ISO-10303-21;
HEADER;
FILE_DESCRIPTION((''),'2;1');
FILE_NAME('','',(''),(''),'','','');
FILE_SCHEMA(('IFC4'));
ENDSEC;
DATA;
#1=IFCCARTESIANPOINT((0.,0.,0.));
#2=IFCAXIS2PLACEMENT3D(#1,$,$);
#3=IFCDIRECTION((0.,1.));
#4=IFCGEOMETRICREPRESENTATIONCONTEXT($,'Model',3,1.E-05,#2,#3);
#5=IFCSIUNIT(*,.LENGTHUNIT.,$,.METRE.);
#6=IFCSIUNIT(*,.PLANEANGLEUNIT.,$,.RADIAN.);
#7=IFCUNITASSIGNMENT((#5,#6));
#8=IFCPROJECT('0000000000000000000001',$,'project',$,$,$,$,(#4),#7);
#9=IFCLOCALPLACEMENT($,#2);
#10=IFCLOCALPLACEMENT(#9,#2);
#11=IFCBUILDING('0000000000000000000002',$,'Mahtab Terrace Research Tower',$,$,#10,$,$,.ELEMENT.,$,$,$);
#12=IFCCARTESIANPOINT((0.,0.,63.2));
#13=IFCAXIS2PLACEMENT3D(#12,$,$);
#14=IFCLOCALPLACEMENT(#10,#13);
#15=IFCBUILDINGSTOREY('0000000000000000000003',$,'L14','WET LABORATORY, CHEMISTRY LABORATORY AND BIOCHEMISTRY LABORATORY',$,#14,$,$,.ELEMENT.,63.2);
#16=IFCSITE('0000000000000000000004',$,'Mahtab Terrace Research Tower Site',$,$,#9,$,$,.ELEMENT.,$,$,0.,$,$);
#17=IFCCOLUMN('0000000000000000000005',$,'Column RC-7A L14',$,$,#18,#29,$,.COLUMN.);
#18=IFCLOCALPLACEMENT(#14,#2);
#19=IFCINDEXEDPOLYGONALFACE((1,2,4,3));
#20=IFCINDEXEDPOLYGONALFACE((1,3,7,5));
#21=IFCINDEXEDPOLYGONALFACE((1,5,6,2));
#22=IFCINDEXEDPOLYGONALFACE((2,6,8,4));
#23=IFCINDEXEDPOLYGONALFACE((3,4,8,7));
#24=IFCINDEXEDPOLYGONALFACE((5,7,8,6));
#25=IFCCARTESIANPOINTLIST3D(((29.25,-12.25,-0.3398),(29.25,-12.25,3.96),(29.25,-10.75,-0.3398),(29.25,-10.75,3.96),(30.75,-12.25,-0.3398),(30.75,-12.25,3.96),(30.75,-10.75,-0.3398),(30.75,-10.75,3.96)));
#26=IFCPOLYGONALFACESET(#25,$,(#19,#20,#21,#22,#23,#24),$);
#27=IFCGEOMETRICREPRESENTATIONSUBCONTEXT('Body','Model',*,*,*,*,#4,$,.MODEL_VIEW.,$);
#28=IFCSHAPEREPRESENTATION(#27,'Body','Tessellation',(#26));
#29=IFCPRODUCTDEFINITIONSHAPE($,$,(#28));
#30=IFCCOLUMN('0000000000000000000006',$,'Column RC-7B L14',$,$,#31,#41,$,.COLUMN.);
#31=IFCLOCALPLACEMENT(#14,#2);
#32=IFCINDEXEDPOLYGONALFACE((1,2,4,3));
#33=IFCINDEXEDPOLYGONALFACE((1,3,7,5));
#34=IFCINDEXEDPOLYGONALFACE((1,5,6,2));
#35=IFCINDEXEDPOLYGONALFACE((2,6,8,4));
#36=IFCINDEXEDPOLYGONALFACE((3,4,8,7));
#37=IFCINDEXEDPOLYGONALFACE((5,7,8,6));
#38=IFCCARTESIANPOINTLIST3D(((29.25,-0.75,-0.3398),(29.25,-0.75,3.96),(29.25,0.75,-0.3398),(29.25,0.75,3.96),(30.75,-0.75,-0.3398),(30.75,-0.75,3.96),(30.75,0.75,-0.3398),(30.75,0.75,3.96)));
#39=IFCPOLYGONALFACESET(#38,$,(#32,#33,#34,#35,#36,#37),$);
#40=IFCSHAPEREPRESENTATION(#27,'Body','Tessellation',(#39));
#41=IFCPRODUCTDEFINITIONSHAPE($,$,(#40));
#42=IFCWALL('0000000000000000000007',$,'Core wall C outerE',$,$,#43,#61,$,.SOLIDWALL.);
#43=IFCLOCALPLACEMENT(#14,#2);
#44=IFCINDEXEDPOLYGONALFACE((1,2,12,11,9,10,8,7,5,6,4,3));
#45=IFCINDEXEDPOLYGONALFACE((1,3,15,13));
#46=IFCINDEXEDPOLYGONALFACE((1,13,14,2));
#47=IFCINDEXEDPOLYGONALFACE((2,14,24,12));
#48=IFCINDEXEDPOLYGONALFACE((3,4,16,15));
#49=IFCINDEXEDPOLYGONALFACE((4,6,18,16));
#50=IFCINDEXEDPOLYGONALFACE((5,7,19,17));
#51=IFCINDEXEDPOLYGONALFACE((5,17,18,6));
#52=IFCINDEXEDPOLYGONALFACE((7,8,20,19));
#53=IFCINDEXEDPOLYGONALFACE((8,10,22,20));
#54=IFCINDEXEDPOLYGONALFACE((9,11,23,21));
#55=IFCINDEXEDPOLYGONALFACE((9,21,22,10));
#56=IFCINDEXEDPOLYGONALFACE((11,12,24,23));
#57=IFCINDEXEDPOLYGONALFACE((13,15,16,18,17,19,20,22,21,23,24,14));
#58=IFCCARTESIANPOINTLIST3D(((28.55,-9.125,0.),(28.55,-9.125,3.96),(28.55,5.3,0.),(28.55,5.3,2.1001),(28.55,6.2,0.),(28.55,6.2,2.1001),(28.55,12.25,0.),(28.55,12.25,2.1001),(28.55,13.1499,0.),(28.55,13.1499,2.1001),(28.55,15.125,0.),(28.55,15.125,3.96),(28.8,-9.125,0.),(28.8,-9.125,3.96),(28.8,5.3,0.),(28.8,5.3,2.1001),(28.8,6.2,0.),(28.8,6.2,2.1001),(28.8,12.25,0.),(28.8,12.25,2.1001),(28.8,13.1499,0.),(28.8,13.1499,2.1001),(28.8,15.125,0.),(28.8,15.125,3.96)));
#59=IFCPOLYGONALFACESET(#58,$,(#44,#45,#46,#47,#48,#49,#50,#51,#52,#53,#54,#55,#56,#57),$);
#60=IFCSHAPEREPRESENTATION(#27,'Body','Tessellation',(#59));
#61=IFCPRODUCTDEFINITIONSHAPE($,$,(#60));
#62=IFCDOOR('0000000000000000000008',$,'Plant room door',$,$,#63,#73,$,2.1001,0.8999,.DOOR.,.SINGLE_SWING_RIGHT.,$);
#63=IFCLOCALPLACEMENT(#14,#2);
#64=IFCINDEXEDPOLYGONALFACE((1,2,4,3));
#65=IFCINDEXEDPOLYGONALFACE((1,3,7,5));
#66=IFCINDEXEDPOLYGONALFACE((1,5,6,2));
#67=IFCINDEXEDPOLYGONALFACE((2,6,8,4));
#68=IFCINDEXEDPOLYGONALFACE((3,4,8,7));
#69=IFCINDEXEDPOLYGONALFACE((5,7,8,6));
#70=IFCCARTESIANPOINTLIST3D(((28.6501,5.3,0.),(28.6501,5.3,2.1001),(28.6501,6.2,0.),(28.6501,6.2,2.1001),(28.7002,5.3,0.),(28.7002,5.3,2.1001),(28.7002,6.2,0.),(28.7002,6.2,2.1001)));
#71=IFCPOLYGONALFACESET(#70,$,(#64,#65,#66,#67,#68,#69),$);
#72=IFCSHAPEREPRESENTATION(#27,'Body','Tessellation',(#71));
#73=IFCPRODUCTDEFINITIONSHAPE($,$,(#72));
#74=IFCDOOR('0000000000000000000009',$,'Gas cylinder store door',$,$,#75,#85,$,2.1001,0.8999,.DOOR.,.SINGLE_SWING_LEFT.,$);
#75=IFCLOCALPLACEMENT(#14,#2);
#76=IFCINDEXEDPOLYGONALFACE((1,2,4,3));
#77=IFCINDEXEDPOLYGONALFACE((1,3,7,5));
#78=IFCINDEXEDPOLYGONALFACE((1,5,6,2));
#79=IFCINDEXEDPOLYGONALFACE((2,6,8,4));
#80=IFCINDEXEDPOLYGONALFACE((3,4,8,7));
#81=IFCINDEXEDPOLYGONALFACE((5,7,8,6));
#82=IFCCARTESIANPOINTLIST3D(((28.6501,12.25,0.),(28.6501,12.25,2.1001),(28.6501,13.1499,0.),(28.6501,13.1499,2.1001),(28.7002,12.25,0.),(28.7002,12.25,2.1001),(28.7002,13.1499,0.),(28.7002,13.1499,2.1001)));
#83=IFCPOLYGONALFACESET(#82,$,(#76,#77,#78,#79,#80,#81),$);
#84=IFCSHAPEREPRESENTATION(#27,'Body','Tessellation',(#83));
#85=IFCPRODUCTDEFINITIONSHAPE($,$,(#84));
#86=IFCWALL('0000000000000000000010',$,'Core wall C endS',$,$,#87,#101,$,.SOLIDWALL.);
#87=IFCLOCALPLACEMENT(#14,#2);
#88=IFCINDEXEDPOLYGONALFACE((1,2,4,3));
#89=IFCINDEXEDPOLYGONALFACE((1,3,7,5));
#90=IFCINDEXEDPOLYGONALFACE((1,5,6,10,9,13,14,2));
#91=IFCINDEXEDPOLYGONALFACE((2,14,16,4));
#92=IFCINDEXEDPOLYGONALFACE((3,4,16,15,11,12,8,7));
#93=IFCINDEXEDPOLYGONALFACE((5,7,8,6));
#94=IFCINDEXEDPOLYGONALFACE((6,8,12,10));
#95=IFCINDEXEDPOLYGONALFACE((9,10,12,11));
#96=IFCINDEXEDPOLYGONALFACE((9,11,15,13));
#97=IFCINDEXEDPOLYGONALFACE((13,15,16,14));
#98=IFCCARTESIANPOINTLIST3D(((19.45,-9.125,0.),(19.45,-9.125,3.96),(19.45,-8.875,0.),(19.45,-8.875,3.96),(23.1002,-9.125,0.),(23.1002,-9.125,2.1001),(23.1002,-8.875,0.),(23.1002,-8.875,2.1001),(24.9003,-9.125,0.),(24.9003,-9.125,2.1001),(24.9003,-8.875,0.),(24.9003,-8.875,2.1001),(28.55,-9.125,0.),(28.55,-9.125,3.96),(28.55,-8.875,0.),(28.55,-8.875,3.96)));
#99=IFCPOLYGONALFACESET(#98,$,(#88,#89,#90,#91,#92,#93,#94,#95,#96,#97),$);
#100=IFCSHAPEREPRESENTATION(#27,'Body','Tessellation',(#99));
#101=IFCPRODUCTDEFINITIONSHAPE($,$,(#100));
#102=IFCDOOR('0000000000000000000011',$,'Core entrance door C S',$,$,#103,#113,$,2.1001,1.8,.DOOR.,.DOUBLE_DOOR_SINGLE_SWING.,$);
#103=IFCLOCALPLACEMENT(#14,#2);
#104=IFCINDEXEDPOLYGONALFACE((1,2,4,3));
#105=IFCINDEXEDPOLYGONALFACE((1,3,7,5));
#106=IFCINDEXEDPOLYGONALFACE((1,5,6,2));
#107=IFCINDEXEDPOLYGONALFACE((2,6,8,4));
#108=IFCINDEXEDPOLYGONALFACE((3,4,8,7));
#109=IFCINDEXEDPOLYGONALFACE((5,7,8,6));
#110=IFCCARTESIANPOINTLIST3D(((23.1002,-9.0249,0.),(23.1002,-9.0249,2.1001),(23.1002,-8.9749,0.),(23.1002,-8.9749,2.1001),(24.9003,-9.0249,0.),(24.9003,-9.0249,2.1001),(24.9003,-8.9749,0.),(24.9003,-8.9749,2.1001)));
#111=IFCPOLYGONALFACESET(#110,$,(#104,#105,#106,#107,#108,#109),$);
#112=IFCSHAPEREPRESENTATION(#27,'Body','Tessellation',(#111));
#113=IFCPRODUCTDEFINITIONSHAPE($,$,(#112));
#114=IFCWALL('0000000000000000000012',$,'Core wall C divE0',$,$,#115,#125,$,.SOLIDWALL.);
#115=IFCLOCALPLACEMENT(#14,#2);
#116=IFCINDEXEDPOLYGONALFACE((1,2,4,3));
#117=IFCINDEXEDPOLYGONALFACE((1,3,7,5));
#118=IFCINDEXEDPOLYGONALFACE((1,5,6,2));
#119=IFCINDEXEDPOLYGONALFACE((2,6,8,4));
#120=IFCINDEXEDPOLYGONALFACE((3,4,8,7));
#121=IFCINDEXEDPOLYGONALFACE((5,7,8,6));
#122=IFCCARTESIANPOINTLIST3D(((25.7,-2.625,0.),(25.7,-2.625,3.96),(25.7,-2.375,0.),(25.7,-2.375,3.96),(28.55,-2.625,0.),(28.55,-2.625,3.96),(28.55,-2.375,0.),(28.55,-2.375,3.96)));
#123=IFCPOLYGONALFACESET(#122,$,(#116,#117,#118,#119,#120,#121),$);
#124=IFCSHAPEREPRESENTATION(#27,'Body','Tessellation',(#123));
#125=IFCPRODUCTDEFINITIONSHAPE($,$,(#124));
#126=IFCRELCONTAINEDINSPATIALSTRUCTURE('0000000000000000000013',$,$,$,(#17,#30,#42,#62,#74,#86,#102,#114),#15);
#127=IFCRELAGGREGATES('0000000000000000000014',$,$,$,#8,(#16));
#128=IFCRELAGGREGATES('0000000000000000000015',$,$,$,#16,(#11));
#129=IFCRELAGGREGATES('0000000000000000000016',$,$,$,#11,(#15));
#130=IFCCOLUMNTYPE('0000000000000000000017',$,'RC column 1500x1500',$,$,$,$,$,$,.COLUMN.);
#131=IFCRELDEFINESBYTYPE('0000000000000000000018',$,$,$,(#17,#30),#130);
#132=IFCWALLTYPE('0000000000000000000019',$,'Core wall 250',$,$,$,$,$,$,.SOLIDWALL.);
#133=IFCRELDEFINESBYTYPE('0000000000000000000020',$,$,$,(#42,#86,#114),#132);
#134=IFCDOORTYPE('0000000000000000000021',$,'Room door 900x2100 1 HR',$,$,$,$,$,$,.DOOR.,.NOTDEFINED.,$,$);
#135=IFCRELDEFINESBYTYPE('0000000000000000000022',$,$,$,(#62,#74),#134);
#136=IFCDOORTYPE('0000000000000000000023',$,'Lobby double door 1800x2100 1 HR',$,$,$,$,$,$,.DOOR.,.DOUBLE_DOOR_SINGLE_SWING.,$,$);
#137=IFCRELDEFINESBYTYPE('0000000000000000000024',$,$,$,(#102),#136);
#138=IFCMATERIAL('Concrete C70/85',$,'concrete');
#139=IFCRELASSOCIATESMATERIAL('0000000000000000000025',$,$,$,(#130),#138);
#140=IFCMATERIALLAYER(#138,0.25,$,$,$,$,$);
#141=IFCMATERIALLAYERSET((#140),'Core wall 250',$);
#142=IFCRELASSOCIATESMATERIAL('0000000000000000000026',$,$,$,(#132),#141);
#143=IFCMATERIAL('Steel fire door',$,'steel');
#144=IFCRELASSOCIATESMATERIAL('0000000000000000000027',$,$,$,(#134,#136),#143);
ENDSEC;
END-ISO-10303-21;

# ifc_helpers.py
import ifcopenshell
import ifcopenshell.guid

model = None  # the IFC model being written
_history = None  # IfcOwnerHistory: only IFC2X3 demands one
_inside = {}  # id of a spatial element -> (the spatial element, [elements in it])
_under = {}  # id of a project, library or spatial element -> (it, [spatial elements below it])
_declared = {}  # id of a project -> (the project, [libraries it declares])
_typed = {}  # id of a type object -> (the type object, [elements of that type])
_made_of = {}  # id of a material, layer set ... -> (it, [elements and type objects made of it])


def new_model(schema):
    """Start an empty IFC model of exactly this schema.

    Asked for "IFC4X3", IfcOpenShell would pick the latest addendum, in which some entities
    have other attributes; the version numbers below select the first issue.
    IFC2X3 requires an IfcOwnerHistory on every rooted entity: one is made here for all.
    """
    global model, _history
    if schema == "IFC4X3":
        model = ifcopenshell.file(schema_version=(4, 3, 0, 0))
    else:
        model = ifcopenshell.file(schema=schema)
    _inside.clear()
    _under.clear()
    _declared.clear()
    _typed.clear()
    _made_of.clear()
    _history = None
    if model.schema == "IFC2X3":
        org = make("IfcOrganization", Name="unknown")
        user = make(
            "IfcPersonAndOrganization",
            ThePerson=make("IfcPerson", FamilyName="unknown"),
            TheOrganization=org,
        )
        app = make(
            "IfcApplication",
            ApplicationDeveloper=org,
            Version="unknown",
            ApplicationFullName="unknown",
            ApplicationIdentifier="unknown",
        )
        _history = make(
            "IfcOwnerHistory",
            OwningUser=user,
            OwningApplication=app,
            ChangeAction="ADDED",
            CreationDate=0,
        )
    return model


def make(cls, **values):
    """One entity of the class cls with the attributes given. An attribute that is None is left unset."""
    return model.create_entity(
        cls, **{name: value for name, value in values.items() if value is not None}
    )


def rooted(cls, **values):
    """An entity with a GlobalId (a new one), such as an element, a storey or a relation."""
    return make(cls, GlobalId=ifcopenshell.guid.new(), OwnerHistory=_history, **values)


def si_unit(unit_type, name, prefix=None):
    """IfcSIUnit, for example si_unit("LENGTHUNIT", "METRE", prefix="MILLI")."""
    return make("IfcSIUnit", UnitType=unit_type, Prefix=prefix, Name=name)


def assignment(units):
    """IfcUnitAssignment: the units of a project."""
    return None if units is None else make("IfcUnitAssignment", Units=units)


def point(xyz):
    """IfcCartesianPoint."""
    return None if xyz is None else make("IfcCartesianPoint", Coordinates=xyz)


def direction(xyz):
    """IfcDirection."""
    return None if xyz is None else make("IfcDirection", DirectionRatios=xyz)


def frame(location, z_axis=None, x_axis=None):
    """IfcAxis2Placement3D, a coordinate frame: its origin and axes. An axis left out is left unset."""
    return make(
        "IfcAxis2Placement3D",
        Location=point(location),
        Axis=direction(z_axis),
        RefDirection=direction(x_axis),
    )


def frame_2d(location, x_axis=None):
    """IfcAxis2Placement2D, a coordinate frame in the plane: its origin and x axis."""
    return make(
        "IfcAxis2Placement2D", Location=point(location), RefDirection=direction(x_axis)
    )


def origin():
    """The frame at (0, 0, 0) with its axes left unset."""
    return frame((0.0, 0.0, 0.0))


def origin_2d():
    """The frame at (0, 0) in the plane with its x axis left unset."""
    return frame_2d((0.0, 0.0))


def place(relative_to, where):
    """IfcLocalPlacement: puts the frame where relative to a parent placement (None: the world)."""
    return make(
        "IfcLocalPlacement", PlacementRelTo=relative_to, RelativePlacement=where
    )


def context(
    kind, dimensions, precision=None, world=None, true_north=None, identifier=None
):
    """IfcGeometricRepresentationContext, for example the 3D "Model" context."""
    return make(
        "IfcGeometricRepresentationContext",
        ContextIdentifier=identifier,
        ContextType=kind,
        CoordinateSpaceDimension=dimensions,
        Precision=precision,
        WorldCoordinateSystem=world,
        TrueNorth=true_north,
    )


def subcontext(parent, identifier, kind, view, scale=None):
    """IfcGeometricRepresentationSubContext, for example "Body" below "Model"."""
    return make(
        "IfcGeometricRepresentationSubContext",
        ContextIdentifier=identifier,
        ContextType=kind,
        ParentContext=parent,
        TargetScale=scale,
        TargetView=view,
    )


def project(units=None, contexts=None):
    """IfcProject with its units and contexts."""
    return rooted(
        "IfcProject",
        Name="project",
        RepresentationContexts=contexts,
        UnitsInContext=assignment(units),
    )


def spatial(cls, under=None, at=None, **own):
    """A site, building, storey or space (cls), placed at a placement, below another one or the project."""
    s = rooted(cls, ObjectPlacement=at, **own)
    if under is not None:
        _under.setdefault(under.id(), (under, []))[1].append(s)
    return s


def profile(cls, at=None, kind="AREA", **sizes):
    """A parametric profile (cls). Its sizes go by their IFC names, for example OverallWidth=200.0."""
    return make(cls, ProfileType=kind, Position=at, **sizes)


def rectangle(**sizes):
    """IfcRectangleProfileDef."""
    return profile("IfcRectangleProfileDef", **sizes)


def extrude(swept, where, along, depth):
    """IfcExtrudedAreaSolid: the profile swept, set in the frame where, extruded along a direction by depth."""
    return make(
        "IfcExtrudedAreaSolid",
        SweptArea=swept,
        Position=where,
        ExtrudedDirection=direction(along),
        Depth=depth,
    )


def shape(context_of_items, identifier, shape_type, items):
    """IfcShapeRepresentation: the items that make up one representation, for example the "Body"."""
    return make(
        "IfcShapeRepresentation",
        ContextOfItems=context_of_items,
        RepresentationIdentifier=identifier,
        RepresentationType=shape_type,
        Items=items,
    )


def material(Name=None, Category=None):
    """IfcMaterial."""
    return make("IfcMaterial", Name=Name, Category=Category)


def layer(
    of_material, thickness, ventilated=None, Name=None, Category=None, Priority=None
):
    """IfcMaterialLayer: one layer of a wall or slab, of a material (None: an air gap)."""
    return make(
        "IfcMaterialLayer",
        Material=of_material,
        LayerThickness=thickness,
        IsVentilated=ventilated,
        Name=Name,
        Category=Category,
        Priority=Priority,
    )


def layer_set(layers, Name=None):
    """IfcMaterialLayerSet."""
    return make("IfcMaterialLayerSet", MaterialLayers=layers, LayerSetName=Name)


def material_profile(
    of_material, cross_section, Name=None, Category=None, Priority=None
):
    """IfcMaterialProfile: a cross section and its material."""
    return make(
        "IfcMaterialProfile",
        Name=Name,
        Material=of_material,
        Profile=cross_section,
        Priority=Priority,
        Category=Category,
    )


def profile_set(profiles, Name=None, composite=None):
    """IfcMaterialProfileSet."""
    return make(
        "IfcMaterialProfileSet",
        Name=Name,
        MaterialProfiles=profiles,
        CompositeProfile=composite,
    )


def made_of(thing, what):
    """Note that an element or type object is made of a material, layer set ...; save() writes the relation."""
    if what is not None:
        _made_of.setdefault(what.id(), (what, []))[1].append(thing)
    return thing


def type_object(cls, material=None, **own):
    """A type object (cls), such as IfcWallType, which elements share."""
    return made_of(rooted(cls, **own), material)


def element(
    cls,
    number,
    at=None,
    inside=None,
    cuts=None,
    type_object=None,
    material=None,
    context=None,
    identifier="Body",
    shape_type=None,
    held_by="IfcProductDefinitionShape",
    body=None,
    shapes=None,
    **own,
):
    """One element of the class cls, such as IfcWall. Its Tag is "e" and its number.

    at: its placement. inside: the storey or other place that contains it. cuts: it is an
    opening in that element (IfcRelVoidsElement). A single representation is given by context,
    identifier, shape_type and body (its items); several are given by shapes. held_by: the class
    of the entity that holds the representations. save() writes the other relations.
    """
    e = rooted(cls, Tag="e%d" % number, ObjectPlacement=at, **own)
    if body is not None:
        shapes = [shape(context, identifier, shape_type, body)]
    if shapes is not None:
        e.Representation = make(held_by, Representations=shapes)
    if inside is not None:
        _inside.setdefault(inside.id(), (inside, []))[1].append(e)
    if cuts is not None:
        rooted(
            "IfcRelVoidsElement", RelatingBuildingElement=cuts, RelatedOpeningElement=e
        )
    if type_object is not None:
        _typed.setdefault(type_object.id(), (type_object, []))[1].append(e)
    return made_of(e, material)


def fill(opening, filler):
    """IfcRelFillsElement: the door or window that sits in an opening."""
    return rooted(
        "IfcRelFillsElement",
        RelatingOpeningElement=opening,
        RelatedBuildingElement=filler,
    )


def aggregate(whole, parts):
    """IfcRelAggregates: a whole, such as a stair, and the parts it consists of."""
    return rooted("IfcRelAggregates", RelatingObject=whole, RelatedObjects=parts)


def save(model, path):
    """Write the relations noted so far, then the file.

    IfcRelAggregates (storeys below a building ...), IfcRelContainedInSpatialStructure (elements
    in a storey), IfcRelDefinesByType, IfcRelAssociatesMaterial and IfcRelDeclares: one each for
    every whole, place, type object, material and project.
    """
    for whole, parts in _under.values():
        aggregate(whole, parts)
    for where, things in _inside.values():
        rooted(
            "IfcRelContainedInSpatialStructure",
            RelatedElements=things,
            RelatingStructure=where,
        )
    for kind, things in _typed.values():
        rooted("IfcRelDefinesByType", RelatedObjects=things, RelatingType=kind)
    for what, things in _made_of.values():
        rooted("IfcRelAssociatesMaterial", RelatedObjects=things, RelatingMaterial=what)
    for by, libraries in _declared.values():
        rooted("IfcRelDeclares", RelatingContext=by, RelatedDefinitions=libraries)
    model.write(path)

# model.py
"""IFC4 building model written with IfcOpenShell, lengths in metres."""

from ifc_helpers import new_model, si_unit, direction, frame, frame_2d, origin, origin_2d, place, context, subcontext, project, spatial, rectangle, extrude, material, layer, layer_set, material_profile, profile_set, type_object, element, fill, save


model = new_model("IFC4")

# Units and contexts
model_context = context("Model", 3, precision=1e-05, world=origin(), true_north=direction((0.0, 1.0)))
body_context = subcontext(model_context, "Body", "Model", "MODEL_VIEW")
ifc_project = project(units=[si_unit("LENGTHUNIT", "METRE"), si_unit("PLANEANGLEUNIT", "RADIAN")], contexts=[model_context])

# Site, building, storey
site_placement = place(None, origin())
site = spatial("IfcSite", under=ifc_project, at=site_placement, Name="Mahtab Terrace Research Tower Site", CompositionType="ELEMENT", RefElevation=0.0)
building_placement = place(site_placement, origin())
building = spatial("IfcBuilding", under=site, at=building_placement, Name="Mahtab Terrace Research Tower", CompositionType="ELEMENT")
storey_placement = place(building_placement, frame((0.0, 0.0, 63.2)))
storey = spatial("IfcBuildingStorey", under=building, at=storey_placement, Name="L14", Description="WET LABORATORY, CHEMISTRY LABORATORY AND BIOCHEMISTRY LABORATORY", CompositionType="ELEMENT", Elevation=63.2)

# Columns
ifc_material_1 = material(Name="Concrete C70/85", Category="concrete")
ifc_material_profile = material_profile(ifc_material_1, rectangle(XDim=1.5, YDim=1.5, at=origin_2d()), Name="RC column 1500x1500")
ifc_profile_set = profile_set([ifc_material_profile], Name="Concrete C70/85")
column_type = type_object("IfcColumnType", Name="RC column 1500x1500", PredefinedType="COLUMN", material=ifc_profile_set)
for number, where, z_axis, x_axis, name in (
    (1, (30.0, -11.5, -0.3398), (0.0, 0.0, 1.0), (1.0, 0.0, 0.0), "Column RC-7A L14"),
    (2, (30.0, 0.0, -0.3398), (0.0, 0.0, 1.0), (1.0, 0.0, 0.0), "Column RC-7B L14"),
):
    element("IfcColumn", number, at=place(storey_placement, frame(where, z_axis=z_axis, x_axis=x_axis)), inside=storey, type_object=column_type, Name=name, PredefinedType="COLUMN", context=body_context, shape_type="SweptSolid", body=[
        extrude(rectangle(XDim=1.5, YDim=1.5, at=origin_2d()), origin(), (0.0, 0.0, 1.0), 4.2998),
    ])

# Wall, openings, doors
ifc_layer_1 = layer(ifc_material_1, 0.25)
ifc_layer_set_1 = layer_set([ifc_layer_1], Name="Core wall 250")
wall_type_1 = type_object("IfcWallType", Name="Core wall 250", PredefinedType="SOLIDWALL", material=ifc_layer_set_1)
wall_1_placement = place(storey_placement, frame((28.675, -9.125, 0.0), z_axis=(0.0, 0.0, 1.0), x_axis=(0.0, 1.0, 0.0)))
wall_1 = element("IfcWall", 3, at=wall_1_placement, inside=storey, type_object=wall_type_1, Name="Core wall C outerE", PredefinedType="SOLIDWALL", context=body_context, shape_type="SweptSolid", body=[
    extrude(rectangle(XDim=24.25, YDim=0.25, at=frame_2d((12.125, 0.0))), origin(), (0.0, 0.0, 1.0), 3.96),
])
opening_1_placement = place(wall_1_placement, frame((14.425, 0.0, 0.0)))
opening_1 = element("IfcOpeningElement", 4, at=opening_1_placement, cuts=wall_1, PredefinedType="OPENING", context=body_context, shape_type="SweptSolid", body=[
    extrude(rectangle(XDim=0.8999, YDim=2.1001, at=frame_2d((0.45, 1.05))), frame((0.0, 0.135, 0.0), z_axis=(0.0, -1.0, 0.0), x_axis=(1.0, 0.0, 0.0)), (0.0, 0.0, 1.0), 0.27),
])
opening_2_placement = place(wall_1_placement, frame((21.375, 0.0, 0.0)))
opening_2 = element("IfcOpeningElement", 5, at=opening_2_placement, cuts=wall_1, PredefinedType="OPENING", context=body_context, shape_type="SweptSolid", body=[
    extrude(rectangle(XDim=0.8999, YDim=2.1001, at=frame_2d((0.45, 1.05))), frame((0.0, 0.135, 0.0), z_axis=(0.0, -1.0, 0.0), x_axis=(1.0, 0.0, 0.0)), (0.0, 0.0, 1.0), 0.27),
])
ifc_material_2 = material(Name="Steel fire door", Category="steel")
door_type_1 = type_object("IfcDoorType", Name="Room door 900x2100 1 HR", OperationType="NOTDEFINED", PredefinedType="DOOR", material=ifc_material_2)
door_1_placement = place(opening_1_placement, origin())
door_1 = element("IfcDoor", 6, at=door_1_placement, inside=storey, type_object=door_type_1, Name="Plant room door", OperationType="SINGLE_SWING_RIGHT", OverallHeight=2.1001, OverallWidth=0.8999, PredefinedType="DOOR", context=body_context, shape_type="SweptSolid", body=[
    extrude(rectangle(XDim=0.8999, YDim=2.1001, at=frame_2d((0.45, 1.05))), frame((0.0, 0.0249, 0.0), z_axis=(0.0, -1.0, 0.0), x_axis=(1.0, 0.0, 0.0)), (0.0, 0.0, 1.0), 0.05),
])
fill(opening_1, door_1)
door_2_placement = place(opening_2_placement, origin())
door_2 = element("IfcDoor", 7, at=door_2_placement, inside=storey, type_object=door_type_1, Name="Gas cylinder store door", OperationType="SINGLE_SWING_LEFT", OverallHeight=2.1001, OverallWidth=0.8999, PredefinedType="DOOR", context=body_context, shape_type="SweptSolid", body=[
    extrude(rectangle(XDim=0.8999, YDim=2.1001, at=frame_2d((0.45, 1.05))), frame((0.0, 0.0249, 0.0), z_axis=(0.0, -1.0, 0.0), x_axis=(1.0, 0.0, 0.0)), (0.0, 0.0, 1.0), 0.05),
])
fill(opening_2, door_2)

# Wall, opening, door
wall_2_placement = place(storey_placement, frame((28.55, -9.0, 0.0), z_axis=(0.0, 0.0, 1.0), x_axis=(-1.0, 0.0, 0.0)))
wall_2 = element("IfcWall", 8, at=wall_2_placement, inside=storey, type_object=wall_type_1, Name="Core wall C endS", PredefinedType="SOLIDWALL", context=body_context, shape_type="SweptSolid", body=[
    extrude(rectangle(XDim=9.1001, YDim=0.25, at=frame_2d((4.55, 0.0))), origin(), (0.0, 0.0, 1.0), 3.96),
])
opening_3_placement = place(wall_2_placement, frame((3.6499, 0.0, 0.0)))
opening_3 = element("IfcOpeningElement", 9, at=opening_3_placement, cuts=wall_2, PredefinedType="OPENING", context=body_context, shape_type="SweptSolid", body=[
    extrude(rectangle(XDim=1.8, YDim=2.1001, at=frame_2d((0.8999, 1.05))), frame((0.0, 0.135, 0.0), z_axis=(0.0, -1.0, 0.0), x_axis=(1.0, 0.0, 0.0)), (0.0, 0.0, 1.0), 0.27),
])
door_type_2 = type_object("IfcDoorType", Name="Lobby double door 1800x2100 1 HR", OperationType="DOUBLE_DOOR_SINGLE_SWING", PredefinedType="DOOR", material=ifc_material_2)
door_3_placement = place(opening_3_placement, origin())
door_3 = element("IfcDoor", 10, at=door_3_placement, inside=storey, type_object=door_type_2, Name="Core entrance door C S", OperationType="DOUBLE_DOOR_SINGLE_SWING", OverallHeight=2.1001, OverallWidth=1.8, PredefinedType="DOOR", context=body_context, shape_type="SweptSolid", body=[
    extrude(rectangle(XDim=1.8, YDim=2.1001, at=frame_2d((0.8999, 1.05))), frame((0.0, 0.0249, 0.0), z_axis=(0.0, -1.0, 0.0), x_axis=(1.0, 0.0, 0.0)), (0.0, 0.0, 1.0), 0.05),
])
fill(opening_3, door_3)

# Wall
wall_3_placement = place(storey_placement, frame((25.7, -2.5, 0.0), z_axis=(0.0, 0.0, 1.0), x_axis=(1.0, 0.0, 0.0)))
element("IfcWall", 11, at=wall_3_placement, inside=storey, type_object=wall_type_1, Name="Core wall C divE0", PredefinedType="SOLIDWALL", context=body_context, shape_type="SweptSolid", body=[
    extrude(rectangle(XDim=2.8501, YDim=0.25, at=frame_2d((1.425, 0.0))), origin(), (0.0, 0.0, 1.0), 3.96),
])

save(model, "model.ifc")
